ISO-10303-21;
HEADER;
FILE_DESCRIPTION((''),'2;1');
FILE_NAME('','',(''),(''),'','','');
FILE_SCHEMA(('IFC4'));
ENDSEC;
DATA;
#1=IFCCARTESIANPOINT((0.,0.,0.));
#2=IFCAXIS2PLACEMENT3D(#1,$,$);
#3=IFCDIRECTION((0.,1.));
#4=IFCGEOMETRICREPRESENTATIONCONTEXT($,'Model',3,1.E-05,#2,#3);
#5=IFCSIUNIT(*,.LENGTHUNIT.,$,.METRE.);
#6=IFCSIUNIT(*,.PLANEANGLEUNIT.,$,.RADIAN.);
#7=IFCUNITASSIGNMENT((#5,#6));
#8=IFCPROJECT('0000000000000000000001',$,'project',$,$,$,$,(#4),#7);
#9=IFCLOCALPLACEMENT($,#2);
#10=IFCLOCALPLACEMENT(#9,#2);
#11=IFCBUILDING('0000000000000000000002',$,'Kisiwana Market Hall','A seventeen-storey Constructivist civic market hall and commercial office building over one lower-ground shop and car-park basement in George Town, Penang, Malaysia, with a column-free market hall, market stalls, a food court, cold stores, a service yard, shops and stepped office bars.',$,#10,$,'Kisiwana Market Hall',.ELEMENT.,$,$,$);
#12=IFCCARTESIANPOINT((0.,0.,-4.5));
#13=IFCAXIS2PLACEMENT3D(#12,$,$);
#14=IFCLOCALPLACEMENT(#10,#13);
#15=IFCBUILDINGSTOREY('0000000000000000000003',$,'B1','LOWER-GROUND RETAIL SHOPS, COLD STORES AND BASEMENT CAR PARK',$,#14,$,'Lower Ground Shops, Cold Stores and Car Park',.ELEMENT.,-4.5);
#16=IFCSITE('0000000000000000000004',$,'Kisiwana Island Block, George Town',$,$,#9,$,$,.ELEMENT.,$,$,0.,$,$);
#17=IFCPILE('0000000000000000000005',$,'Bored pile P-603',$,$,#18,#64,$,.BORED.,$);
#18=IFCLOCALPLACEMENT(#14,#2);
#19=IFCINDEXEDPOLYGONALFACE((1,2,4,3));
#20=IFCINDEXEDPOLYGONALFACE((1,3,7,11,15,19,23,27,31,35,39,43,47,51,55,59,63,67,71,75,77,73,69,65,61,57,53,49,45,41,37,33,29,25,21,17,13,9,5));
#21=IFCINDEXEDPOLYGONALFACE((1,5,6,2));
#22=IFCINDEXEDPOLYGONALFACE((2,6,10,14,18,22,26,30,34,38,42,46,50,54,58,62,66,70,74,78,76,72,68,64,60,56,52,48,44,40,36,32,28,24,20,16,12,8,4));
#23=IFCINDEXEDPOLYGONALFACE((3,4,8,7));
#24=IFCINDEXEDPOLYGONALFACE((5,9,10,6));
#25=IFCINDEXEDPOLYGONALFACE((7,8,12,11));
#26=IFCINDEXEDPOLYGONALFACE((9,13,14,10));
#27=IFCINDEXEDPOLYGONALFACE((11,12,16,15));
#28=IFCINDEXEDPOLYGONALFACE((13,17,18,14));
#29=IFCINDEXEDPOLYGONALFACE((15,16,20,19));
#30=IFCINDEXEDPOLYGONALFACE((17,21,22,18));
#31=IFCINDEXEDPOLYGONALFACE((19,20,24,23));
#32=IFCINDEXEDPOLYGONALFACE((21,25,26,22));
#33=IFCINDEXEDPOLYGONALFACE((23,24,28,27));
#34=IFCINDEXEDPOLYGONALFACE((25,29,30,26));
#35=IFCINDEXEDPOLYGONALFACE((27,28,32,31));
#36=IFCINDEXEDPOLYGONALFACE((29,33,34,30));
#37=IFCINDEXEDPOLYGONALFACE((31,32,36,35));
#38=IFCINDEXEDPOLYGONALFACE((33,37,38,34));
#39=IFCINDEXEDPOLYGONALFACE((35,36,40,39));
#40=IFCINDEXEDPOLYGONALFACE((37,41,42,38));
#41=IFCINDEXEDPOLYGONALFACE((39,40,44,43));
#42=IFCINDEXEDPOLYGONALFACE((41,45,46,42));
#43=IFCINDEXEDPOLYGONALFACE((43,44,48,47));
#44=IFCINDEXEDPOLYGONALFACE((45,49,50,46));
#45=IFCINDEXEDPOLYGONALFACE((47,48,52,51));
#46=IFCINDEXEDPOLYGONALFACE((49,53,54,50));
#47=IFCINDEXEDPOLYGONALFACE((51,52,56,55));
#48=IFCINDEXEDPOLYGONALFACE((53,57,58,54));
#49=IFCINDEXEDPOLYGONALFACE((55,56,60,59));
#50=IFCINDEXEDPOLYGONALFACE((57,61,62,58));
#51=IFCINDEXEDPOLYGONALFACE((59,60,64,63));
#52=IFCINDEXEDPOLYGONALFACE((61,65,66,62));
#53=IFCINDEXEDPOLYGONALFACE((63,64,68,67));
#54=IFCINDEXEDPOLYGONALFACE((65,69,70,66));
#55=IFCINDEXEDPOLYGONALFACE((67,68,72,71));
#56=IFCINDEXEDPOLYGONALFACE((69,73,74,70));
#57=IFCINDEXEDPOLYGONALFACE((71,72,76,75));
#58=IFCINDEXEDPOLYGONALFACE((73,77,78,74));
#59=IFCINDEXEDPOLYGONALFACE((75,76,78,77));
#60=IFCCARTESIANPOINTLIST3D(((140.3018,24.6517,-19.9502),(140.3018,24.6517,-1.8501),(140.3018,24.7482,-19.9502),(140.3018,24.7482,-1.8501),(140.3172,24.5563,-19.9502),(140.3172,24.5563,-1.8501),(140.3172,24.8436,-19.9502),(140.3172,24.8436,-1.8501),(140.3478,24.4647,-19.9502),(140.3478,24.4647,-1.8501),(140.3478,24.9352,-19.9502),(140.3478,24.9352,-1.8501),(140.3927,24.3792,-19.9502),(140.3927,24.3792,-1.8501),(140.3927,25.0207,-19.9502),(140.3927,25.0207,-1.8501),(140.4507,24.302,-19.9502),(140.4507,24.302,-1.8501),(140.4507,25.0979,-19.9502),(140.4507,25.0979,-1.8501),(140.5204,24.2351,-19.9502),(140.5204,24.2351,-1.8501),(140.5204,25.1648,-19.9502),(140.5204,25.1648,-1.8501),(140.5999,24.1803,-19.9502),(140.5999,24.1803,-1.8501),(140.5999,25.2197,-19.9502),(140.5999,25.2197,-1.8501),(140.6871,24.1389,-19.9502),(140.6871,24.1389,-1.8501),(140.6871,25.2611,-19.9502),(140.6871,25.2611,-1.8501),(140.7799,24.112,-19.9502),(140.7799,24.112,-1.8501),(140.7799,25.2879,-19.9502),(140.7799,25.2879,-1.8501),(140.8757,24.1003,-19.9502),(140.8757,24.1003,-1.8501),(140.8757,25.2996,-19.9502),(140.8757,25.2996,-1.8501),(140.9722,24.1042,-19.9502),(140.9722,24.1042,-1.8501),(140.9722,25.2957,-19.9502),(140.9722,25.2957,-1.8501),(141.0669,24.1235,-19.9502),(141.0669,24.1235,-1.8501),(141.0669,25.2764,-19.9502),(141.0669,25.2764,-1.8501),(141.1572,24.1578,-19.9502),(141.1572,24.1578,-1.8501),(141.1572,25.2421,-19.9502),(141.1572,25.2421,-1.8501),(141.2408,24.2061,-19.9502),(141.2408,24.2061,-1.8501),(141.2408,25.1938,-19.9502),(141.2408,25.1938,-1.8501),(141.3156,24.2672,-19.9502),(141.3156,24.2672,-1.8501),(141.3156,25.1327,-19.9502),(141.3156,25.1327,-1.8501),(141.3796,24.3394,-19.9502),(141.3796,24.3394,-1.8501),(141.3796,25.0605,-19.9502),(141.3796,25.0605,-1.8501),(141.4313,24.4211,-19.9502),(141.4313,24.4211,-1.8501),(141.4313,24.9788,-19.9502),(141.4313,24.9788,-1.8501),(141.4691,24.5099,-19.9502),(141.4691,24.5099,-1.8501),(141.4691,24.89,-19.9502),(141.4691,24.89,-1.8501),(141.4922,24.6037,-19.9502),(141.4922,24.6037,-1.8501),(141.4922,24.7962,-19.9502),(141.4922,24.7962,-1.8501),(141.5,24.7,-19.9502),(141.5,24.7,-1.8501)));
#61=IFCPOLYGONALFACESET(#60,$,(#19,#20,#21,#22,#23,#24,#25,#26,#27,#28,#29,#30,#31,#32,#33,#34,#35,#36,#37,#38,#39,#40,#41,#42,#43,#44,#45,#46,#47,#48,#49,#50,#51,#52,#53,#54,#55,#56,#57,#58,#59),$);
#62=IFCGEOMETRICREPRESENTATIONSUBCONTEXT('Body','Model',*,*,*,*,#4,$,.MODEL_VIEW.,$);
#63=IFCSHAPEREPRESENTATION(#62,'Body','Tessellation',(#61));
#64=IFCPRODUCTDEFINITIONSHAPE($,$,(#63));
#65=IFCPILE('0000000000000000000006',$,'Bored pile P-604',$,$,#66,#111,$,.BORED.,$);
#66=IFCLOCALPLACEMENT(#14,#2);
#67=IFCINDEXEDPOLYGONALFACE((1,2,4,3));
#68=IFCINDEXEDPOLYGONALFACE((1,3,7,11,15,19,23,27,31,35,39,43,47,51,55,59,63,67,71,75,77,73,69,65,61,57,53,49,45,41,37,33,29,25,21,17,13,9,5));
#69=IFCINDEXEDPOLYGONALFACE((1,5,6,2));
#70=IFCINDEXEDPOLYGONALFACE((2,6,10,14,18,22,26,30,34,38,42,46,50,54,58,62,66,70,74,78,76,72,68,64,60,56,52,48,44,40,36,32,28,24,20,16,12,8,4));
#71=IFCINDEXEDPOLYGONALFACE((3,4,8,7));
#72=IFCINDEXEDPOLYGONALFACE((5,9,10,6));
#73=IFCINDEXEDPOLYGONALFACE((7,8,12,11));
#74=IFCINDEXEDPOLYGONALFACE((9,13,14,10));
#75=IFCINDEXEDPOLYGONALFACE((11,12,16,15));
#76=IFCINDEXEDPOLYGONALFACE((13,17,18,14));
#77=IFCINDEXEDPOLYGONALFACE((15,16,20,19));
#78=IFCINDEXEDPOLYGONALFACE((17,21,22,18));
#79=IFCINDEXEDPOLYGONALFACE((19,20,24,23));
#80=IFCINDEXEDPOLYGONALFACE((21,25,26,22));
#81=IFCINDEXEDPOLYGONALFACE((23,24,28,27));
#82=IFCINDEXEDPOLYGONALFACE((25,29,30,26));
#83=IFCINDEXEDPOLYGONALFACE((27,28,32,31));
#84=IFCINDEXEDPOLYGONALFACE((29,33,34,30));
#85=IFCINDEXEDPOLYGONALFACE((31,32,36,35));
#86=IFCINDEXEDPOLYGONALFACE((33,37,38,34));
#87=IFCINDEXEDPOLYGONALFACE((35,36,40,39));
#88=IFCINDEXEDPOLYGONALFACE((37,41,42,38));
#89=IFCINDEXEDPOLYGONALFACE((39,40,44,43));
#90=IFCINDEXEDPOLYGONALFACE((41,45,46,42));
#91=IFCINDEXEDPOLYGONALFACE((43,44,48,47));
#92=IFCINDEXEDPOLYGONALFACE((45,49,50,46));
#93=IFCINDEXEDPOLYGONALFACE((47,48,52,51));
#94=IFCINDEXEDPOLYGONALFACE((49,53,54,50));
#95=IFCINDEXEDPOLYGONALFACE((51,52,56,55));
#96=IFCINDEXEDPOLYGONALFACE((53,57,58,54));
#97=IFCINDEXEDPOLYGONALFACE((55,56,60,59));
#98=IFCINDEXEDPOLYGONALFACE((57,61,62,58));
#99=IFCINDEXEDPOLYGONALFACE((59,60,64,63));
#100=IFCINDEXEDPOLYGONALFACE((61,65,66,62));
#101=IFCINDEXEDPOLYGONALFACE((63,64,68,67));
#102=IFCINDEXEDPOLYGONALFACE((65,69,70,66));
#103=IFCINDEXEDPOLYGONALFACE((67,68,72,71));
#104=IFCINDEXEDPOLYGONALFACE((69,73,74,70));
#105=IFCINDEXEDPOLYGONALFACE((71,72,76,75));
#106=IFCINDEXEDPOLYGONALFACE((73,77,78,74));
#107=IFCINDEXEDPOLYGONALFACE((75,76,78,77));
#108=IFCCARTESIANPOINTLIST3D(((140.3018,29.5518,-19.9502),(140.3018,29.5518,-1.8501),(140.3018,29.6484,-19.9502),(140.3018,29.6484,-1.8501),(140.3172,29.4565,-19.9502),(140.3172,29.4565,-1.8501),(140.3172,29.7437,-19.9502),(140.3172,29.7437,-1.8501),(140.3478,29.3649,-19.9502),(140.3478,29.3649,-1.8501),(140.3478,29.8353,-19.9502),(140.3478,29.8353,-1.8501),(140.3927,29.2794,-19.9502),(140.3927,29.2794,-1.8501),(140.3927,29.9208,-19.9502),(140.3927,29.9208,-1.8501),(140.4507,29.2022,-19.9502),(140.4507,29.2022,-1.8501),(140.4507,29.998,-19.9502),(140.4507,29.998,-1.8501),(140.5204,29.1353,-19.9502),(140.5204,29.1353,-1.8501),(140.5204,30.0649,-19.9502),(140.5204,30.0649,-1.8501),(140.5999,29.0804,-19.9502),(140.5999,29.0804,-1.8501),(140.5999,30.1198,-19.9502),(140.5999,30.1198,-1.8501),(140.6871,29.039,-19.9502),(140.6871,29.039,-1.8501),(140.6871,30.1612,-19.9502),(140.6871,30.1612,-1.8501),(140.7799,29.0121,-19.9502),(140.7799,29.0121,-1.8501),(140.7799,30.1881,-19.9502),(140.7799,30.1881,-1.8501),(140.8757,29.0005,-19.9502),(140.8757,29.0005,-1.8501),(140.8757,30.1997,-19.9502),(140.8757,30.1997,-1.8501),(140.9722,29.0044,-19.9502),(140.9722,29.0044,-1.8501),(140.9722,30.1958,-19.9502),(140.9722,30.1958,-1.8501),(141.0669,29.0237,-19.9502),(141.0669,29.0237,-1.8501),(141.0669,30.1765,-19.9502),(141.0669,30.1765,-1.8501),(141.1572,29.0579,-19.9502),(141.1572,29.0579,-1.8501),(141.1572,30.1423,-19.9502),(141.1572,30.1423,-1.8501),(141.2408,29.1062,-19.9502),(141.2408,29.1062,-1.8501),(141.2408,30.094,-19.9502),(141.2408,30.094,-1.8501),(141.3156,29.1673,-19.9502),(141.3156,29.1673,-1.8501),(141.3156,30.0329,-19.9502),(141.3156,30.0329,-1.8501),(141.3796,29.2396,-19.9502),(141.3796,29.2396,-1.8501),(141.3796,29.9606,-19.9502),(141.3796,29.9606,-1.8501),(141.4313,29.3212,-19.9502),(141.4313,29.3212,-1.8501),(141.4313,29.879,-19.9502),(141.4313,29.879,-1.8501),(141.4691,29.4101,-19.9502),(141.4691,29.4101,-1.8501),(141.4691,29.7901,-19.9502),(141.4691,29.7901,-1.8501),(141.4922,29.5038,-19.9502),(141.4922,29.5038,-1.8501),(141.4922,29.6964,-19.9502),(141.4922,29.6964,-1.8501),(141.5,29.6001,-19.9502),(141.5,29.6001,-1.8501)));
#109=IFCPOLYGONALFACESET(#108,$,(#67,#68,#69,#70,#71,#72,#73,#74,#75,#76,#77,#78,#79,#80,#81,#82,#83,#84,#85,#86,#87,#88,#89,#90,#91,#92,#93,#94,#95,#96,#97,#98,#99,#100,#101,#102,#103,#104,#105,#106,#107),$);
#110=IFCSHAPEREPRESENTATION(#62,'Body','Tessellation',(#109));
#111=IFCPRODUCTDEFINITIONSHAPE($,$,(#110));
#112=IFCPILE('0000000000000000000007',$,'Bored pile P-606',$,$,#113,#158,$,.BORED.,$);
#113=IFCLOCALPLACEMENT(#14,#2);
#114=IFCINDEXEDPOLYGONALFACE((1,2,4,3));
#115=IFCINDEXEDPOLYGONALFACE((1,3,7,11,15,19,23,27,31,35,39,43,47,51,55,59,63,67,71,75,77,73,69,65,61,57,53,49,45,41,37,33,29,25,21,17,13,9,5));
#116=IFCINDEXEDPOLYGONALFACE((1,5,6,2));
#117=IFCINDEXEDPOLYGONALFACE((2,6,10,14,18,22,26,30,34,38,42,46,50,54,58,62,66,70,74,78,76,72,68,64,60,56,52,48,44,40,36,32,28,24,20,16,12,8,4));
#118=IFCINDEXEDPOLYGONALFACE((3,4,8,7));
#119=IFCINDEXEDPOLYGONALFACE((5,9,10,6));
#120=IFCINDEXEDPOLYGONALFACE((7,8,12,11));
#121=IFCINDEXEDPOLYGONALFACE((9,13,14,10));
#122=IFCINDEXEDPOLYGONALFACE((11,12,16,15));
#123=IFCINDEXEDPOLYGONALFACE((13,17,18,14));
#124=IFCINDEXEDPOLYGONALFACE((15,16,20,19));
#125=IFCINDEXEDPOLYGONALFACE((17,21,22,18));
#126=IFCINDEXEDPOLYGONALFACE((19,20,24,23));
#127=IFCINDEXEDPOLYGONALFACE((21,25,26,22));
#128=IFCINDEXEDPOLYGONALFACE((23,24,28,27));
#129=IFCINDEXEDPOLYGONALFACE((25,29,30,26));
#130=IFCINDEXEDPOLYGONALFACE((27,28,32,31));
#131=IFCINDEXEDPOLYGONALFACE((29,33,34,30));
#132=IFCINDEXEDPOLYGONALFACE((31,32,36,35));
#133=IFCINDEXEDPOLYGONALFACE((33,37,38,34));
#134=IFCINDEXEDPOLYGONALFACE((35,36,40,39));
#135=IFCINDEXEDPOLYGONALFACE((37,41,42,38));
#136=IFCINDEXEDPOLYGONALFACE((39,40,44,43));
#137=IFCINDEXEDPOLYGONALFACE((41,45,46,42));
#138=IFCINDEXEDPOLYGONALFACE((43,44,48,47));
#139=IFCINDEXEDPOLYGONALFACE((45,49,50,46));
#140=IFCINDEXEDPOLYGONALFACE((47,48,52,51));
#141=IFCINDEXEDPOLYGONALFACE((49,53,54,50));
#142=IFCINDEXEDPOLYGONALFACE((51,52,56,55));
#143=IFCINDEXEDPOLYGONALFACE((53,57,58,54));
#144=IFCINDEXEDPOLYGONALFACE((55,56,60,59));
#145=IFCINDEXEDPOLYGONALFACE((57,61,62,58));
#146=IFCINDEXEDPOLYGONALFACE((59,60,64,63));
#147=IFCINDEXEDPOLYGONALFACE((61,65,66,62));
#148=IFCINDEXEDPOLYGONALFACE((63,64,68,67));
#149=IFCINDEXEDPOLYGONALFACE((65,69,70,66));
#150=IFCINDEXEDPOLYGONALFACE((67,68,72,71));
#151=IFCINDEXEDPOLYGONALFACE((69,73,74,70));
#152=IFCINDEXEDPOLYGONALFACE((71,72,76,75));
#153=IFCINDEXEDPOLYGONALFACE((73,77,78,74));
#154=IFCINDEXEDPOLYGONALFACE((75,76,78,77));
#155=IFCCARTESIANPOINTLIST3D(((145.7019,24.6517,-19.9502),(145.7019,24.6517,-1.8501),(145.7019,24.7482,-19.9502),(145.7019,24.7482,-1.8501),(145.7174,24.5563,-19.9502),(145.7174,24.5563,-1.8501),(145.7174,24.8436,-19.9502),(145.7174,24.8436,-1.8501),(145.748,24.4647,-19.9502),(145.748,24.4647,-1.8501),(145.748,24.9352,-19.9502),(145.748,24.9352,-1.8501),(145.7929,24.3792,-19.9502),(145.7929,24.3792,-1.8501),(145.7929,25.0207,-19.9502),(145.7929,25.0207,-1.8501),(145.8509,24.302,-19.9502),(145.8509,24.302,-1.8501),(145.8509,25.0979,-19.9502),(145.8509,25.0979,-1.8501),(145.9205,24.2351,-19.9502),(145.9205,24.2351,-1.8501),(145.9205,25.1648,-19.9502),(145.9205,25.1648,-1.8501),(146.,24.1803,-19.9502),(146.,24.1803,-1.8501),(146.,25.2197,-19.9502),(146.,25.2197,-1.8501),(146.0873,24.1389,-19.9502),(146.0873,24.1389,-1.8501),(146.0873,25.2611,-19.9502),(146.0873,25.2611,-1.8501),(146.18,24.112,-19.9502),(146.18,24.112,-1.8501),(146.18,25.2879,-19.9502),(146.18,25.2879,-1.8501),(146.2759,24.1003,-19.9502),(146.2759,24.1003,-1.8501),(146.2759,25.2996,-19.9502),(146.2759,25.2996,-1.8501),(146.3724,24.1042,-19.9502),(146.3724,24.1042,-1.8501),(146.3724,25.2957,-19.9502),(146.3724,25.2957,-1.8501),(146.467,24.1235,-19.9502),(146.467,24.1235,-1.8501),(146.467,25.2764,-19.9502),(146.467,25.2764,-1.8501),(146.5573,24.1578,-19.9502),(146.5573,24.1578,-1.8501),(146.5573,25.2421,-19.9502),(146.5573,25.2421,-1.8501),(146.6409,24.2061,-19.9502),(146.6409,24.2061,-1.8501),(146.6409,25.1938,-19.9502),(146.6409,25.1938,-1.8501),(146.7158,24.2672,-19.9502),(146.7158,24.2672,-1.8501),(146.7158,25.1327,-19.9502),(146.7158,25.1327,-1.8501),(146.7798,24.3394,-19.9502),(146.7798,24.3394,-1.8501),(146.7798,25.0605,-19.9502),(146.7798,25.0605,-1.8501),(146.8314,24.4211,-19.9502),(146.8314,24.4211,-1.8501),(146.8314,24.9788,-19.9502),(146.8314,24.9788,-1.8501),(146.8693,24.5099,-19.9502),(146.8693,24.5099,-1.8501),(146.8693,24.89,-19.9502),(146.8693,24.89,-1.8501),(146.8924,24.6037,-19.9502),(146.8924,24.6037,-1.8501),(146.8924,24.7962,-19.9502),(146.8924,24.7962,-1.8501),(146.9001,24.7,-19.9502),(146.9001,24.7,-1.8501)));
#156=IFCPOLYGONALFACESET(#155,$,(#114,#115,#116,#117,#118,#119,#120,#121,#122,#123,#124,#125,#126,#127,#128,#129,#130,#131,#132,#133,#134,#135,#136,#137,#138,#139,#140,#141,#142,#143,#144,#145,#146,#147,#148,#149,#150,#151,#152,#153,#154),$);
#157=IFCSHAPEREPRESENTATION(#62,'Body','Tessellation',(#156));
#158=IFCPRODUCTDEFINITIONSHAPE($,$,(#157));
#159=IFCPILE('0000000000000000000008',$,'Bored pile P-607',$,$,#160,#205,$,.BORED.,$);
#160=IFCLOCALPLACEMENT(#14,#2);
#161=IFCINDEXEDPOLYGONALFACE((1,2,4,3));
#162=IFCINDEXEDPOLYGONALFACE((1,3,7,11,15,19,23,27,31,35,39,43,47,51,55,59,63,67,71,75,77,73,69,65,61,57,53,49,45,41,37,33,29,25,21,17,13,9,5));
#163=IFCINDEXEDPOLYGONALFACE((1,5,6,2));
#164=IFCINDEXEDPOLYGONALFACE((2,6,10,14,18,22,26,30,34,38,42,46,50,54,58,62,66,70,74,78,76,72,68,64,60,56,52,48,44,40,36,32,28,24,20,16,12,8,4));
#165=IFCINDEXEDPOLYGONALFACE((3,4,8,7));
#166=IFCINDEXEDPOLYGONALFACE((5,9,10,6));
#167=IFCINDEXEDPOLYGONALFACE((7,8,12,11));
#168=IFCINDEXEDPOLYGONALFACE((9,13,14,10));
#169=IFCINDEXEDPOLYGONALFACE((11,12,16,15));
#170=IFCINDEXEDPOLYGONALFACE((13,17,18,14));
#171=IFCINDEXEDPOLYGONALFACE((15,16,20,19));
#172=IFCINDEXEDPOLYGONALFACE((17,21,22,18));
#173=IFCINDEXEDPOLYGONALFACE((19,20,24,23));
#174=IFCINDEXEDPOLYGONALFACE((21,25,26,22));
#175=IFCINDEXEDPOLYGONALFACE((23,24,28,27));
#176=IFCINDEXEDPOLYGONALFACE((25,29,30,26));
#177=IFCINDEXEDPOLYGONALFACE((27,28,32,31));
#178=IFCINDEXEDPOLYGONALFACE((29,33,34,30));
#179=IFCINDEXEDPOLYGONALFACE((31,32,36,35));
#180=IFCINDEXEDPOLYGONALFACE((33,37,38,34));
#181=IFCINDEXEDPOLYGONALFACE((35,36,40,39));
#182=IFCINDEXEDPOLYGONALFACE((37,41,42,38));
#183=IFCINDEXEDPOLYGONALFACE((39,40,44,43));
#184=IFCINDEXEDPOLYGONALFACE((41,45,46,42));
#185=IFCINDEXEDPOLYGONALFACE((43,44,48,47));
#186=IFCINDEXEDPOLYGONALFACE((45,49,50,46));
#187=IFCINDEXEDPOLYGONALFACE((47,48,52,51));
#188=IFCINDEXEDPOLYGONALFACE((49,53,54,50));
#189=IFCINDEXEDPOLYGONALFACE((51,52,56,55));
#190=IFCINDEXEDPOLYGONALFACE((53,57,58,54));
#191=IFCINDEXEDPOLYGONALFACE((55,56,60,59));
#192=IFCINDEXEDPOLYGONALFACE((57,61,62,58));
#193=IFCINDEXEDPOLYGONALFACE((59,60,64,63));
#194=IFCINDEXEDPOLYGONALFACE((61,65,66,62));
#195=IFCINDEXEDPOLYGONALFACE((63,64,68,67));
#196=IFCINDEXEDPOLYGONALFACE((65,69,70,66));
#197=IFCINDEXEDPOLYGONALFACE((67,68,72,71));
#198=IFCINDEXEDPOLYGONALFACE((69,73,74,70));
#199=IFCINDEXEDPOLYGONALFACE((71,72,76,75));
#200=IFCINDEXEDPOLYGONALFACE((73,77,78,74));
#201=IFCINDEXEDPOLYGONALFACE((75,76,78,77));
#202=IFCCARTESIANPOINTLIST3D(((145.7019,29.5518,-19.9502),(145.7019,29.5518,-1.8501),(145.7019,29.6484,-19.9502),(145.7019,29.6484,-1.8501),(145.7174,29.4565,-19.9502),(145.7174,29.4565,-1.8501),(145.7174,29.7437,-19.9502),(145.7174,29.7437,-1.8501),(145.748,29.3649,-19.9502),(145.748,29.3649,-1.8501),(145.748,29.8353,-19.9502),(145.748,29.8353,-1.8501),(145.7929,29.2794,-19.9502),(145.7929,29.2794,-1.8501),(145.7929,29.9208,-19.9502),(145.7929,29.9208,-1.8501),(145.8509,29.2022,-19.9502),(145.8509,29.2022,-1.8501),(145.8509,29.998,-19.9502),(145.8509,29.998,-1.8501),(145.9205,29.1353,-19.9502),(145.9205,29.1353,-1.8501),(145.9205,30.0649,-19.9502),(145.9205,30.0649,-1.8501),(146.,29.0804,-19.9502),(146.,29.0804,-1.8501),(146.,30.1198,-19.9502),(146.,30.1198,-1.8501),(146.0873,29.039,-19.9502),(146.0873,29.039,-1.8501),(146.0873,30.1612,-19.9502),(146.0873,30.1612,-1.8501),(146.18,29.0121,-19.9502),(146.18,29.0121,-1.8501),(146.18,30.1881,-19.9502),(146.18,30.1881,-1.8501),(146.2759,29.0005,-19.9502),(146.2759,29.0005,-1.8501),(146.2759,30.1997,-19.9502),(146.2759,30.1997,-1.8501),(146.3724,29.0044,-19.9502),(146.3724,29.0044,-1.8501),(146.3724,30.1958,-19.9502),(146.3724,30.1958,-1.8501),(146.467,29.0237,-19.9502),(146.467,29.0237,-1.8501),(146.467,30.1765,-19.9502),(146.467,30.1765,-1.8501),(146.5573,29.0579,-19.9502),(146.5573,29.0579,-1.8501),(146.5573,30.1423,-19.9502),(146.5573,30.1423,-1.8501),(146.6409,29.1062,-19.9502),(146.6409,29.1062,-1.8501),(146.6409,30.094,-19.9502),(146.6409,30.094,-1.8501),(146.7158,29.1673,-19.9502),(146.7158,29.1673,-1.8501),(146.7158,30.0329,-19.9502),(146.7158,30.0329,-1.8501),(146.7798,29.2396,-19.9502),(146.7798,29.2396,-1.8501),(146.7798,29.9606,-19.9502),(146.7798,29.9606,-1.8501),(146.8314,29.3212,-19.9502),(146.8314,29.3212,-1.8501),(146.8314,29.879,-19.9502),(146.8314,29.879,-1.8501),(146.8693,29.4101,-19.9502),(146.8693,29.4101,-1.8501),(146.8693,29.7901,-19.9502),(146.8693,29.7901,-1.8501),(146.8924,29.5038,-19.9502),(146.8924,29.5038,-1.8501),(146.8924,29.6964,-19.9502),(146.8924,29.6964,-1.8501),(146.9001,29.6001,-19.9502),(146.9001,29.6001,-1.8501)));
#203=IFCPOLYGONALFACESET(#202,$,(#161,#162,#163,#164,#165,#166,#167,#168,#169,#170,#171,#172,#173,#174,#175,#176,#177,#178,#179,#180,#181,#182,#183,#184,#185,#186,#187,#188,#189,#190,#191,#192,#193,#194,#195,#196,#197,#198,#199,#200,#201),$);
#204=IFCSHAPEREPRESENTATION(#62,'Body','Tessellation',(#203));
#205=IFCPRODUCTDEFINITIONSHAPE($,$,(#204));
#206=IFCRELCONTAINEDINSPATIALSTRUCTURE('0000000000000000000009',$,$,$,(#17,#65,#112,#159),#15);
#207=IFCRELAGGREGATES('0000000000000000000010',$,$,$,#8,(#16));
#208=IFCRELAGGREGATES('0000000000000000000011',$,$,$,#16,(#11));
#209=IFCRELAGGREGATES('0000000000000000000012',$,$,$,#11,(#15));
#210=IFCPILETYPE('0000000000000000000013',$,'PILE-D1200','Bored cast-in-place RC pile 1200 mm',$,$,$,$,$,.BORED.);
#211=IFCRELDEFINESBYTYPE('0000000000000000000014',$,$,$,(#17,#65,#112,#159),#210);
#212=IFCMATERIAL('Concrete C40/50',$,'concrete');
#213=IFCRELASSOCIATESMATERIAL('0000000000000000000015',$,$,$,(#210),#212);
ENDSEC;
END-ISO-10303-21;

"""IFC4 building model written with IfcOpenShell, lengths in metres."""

from ifc_helpers import new_model, si_unit, direction, frame, origin, origin_2d, place, context, subcontext, project, spatial, circle, extrude, material, material_profile, profile_set, type_object, element, save


model = new_model("IFC4")

# Units and contexts
model_context = context("Model", 3, precision=1e-05, world=origin(), true_north=direction((0.0, 1.0)))
body_context = subcontext(model_context, "Body", "Model", "MODEL_VIEW")
ifc_project = project(units=[si_unit("LENGTHUNIT", "METRE"), si_unit("PLANEANGLEUNIT", "RADIAN")], contexts=[model_context])

# Site, building, storey
site_placement = place(None, origin())
site = spatial("IfcSite", under=ifc_project, at=site_placement, Name="Kisiwana Island Block, George Town", CompositionType="ELEMENT", RefElevation=0.0)
building_placement = place(site_placement, origin())
building = spatial("IfcBuilding", under=site, at=building_placement, Name="Kisiwana Market Hall", Description="A seventeen-storey Constructivist civic market hall and commercial office building over one lower-ground shop and car-park basement in George Town, Penang, Malaysia, with a column-free market hall, market stalls, a food court, cold stores, a service yard, shops and stepped office bars.", LongName="Kisiwana Market Hall", CompositionType="ELEMENT")
storey_placement = place(building_placement, frame((0.0, 0.0, -4.5)))
storey = spatial("IfcBuildingStorey", under=building, at=storey_placement, Name="B1", Description="LOWER-GROUND RETAIL SHOPS, COLD STORES AND BASEMENT CAR PARK", LongName="Lower Ground Shops, Cold Stores and Car Park", CompositionType="ELEMENT", Elevation=-4.5)

# Piles
ifc_material_1 = material(Name="Concrete C40/50", Category="concrete")
ifc_material_profile_1 = material_profile(ifc_material_1, circle(Radius=0.6001, at=origin_2d()), Name="BP D1200")
ifc_profile_set_1 = profile_set([ifc_material_profile_1], Name="Concrete C40/50")
pile_type_1 = type_object("IfcPileType", Name="PILE-D1200", Description="Bored cast-in-place RC pile 1200 mm", PredefinedType="BORED", material=ifc_profile_set_1)
for number, where, z_axis, x_axis, name in (
    (1, (140.8999, 24.7, -1.8501), (0.0, 0.0, -1.0), (1.0, 0.0, 0.0), "Bored pile P-603"),
    (2, (140.8999, 29.6001, -1.8501), (0.0, 0.0, -1.0), (1.0, 0.0, 0.0), "Bored pile P-604"),
    (3, (146.3, 24.7, -1.8501), (0.0, 0.0, -1.0), (1.0, 0.0, 0.0), "Bored pile P-606"),
    (4, (146.3, 29.6001, -1.8501), (0.0, 0.0, -1.0), (1.0, 0.0, 0.0), "Bored pile P-607"),
):
    element("IfcPile", number, at=place(storey_placement, frame(where, z_axis=z_axis, x_axis=x_axis)), inside=storey, type_object=pile_type_1, Name=name, PredefinedType="BORED", context=body_context, shape_type="SweptSolid", body=[
        extrude(circle(Radius=0.6001, at=origin_2d()), origin(), (0.0, 0.0, 1.0), 18.1001),
    ])

save(model, "model.ifc")
